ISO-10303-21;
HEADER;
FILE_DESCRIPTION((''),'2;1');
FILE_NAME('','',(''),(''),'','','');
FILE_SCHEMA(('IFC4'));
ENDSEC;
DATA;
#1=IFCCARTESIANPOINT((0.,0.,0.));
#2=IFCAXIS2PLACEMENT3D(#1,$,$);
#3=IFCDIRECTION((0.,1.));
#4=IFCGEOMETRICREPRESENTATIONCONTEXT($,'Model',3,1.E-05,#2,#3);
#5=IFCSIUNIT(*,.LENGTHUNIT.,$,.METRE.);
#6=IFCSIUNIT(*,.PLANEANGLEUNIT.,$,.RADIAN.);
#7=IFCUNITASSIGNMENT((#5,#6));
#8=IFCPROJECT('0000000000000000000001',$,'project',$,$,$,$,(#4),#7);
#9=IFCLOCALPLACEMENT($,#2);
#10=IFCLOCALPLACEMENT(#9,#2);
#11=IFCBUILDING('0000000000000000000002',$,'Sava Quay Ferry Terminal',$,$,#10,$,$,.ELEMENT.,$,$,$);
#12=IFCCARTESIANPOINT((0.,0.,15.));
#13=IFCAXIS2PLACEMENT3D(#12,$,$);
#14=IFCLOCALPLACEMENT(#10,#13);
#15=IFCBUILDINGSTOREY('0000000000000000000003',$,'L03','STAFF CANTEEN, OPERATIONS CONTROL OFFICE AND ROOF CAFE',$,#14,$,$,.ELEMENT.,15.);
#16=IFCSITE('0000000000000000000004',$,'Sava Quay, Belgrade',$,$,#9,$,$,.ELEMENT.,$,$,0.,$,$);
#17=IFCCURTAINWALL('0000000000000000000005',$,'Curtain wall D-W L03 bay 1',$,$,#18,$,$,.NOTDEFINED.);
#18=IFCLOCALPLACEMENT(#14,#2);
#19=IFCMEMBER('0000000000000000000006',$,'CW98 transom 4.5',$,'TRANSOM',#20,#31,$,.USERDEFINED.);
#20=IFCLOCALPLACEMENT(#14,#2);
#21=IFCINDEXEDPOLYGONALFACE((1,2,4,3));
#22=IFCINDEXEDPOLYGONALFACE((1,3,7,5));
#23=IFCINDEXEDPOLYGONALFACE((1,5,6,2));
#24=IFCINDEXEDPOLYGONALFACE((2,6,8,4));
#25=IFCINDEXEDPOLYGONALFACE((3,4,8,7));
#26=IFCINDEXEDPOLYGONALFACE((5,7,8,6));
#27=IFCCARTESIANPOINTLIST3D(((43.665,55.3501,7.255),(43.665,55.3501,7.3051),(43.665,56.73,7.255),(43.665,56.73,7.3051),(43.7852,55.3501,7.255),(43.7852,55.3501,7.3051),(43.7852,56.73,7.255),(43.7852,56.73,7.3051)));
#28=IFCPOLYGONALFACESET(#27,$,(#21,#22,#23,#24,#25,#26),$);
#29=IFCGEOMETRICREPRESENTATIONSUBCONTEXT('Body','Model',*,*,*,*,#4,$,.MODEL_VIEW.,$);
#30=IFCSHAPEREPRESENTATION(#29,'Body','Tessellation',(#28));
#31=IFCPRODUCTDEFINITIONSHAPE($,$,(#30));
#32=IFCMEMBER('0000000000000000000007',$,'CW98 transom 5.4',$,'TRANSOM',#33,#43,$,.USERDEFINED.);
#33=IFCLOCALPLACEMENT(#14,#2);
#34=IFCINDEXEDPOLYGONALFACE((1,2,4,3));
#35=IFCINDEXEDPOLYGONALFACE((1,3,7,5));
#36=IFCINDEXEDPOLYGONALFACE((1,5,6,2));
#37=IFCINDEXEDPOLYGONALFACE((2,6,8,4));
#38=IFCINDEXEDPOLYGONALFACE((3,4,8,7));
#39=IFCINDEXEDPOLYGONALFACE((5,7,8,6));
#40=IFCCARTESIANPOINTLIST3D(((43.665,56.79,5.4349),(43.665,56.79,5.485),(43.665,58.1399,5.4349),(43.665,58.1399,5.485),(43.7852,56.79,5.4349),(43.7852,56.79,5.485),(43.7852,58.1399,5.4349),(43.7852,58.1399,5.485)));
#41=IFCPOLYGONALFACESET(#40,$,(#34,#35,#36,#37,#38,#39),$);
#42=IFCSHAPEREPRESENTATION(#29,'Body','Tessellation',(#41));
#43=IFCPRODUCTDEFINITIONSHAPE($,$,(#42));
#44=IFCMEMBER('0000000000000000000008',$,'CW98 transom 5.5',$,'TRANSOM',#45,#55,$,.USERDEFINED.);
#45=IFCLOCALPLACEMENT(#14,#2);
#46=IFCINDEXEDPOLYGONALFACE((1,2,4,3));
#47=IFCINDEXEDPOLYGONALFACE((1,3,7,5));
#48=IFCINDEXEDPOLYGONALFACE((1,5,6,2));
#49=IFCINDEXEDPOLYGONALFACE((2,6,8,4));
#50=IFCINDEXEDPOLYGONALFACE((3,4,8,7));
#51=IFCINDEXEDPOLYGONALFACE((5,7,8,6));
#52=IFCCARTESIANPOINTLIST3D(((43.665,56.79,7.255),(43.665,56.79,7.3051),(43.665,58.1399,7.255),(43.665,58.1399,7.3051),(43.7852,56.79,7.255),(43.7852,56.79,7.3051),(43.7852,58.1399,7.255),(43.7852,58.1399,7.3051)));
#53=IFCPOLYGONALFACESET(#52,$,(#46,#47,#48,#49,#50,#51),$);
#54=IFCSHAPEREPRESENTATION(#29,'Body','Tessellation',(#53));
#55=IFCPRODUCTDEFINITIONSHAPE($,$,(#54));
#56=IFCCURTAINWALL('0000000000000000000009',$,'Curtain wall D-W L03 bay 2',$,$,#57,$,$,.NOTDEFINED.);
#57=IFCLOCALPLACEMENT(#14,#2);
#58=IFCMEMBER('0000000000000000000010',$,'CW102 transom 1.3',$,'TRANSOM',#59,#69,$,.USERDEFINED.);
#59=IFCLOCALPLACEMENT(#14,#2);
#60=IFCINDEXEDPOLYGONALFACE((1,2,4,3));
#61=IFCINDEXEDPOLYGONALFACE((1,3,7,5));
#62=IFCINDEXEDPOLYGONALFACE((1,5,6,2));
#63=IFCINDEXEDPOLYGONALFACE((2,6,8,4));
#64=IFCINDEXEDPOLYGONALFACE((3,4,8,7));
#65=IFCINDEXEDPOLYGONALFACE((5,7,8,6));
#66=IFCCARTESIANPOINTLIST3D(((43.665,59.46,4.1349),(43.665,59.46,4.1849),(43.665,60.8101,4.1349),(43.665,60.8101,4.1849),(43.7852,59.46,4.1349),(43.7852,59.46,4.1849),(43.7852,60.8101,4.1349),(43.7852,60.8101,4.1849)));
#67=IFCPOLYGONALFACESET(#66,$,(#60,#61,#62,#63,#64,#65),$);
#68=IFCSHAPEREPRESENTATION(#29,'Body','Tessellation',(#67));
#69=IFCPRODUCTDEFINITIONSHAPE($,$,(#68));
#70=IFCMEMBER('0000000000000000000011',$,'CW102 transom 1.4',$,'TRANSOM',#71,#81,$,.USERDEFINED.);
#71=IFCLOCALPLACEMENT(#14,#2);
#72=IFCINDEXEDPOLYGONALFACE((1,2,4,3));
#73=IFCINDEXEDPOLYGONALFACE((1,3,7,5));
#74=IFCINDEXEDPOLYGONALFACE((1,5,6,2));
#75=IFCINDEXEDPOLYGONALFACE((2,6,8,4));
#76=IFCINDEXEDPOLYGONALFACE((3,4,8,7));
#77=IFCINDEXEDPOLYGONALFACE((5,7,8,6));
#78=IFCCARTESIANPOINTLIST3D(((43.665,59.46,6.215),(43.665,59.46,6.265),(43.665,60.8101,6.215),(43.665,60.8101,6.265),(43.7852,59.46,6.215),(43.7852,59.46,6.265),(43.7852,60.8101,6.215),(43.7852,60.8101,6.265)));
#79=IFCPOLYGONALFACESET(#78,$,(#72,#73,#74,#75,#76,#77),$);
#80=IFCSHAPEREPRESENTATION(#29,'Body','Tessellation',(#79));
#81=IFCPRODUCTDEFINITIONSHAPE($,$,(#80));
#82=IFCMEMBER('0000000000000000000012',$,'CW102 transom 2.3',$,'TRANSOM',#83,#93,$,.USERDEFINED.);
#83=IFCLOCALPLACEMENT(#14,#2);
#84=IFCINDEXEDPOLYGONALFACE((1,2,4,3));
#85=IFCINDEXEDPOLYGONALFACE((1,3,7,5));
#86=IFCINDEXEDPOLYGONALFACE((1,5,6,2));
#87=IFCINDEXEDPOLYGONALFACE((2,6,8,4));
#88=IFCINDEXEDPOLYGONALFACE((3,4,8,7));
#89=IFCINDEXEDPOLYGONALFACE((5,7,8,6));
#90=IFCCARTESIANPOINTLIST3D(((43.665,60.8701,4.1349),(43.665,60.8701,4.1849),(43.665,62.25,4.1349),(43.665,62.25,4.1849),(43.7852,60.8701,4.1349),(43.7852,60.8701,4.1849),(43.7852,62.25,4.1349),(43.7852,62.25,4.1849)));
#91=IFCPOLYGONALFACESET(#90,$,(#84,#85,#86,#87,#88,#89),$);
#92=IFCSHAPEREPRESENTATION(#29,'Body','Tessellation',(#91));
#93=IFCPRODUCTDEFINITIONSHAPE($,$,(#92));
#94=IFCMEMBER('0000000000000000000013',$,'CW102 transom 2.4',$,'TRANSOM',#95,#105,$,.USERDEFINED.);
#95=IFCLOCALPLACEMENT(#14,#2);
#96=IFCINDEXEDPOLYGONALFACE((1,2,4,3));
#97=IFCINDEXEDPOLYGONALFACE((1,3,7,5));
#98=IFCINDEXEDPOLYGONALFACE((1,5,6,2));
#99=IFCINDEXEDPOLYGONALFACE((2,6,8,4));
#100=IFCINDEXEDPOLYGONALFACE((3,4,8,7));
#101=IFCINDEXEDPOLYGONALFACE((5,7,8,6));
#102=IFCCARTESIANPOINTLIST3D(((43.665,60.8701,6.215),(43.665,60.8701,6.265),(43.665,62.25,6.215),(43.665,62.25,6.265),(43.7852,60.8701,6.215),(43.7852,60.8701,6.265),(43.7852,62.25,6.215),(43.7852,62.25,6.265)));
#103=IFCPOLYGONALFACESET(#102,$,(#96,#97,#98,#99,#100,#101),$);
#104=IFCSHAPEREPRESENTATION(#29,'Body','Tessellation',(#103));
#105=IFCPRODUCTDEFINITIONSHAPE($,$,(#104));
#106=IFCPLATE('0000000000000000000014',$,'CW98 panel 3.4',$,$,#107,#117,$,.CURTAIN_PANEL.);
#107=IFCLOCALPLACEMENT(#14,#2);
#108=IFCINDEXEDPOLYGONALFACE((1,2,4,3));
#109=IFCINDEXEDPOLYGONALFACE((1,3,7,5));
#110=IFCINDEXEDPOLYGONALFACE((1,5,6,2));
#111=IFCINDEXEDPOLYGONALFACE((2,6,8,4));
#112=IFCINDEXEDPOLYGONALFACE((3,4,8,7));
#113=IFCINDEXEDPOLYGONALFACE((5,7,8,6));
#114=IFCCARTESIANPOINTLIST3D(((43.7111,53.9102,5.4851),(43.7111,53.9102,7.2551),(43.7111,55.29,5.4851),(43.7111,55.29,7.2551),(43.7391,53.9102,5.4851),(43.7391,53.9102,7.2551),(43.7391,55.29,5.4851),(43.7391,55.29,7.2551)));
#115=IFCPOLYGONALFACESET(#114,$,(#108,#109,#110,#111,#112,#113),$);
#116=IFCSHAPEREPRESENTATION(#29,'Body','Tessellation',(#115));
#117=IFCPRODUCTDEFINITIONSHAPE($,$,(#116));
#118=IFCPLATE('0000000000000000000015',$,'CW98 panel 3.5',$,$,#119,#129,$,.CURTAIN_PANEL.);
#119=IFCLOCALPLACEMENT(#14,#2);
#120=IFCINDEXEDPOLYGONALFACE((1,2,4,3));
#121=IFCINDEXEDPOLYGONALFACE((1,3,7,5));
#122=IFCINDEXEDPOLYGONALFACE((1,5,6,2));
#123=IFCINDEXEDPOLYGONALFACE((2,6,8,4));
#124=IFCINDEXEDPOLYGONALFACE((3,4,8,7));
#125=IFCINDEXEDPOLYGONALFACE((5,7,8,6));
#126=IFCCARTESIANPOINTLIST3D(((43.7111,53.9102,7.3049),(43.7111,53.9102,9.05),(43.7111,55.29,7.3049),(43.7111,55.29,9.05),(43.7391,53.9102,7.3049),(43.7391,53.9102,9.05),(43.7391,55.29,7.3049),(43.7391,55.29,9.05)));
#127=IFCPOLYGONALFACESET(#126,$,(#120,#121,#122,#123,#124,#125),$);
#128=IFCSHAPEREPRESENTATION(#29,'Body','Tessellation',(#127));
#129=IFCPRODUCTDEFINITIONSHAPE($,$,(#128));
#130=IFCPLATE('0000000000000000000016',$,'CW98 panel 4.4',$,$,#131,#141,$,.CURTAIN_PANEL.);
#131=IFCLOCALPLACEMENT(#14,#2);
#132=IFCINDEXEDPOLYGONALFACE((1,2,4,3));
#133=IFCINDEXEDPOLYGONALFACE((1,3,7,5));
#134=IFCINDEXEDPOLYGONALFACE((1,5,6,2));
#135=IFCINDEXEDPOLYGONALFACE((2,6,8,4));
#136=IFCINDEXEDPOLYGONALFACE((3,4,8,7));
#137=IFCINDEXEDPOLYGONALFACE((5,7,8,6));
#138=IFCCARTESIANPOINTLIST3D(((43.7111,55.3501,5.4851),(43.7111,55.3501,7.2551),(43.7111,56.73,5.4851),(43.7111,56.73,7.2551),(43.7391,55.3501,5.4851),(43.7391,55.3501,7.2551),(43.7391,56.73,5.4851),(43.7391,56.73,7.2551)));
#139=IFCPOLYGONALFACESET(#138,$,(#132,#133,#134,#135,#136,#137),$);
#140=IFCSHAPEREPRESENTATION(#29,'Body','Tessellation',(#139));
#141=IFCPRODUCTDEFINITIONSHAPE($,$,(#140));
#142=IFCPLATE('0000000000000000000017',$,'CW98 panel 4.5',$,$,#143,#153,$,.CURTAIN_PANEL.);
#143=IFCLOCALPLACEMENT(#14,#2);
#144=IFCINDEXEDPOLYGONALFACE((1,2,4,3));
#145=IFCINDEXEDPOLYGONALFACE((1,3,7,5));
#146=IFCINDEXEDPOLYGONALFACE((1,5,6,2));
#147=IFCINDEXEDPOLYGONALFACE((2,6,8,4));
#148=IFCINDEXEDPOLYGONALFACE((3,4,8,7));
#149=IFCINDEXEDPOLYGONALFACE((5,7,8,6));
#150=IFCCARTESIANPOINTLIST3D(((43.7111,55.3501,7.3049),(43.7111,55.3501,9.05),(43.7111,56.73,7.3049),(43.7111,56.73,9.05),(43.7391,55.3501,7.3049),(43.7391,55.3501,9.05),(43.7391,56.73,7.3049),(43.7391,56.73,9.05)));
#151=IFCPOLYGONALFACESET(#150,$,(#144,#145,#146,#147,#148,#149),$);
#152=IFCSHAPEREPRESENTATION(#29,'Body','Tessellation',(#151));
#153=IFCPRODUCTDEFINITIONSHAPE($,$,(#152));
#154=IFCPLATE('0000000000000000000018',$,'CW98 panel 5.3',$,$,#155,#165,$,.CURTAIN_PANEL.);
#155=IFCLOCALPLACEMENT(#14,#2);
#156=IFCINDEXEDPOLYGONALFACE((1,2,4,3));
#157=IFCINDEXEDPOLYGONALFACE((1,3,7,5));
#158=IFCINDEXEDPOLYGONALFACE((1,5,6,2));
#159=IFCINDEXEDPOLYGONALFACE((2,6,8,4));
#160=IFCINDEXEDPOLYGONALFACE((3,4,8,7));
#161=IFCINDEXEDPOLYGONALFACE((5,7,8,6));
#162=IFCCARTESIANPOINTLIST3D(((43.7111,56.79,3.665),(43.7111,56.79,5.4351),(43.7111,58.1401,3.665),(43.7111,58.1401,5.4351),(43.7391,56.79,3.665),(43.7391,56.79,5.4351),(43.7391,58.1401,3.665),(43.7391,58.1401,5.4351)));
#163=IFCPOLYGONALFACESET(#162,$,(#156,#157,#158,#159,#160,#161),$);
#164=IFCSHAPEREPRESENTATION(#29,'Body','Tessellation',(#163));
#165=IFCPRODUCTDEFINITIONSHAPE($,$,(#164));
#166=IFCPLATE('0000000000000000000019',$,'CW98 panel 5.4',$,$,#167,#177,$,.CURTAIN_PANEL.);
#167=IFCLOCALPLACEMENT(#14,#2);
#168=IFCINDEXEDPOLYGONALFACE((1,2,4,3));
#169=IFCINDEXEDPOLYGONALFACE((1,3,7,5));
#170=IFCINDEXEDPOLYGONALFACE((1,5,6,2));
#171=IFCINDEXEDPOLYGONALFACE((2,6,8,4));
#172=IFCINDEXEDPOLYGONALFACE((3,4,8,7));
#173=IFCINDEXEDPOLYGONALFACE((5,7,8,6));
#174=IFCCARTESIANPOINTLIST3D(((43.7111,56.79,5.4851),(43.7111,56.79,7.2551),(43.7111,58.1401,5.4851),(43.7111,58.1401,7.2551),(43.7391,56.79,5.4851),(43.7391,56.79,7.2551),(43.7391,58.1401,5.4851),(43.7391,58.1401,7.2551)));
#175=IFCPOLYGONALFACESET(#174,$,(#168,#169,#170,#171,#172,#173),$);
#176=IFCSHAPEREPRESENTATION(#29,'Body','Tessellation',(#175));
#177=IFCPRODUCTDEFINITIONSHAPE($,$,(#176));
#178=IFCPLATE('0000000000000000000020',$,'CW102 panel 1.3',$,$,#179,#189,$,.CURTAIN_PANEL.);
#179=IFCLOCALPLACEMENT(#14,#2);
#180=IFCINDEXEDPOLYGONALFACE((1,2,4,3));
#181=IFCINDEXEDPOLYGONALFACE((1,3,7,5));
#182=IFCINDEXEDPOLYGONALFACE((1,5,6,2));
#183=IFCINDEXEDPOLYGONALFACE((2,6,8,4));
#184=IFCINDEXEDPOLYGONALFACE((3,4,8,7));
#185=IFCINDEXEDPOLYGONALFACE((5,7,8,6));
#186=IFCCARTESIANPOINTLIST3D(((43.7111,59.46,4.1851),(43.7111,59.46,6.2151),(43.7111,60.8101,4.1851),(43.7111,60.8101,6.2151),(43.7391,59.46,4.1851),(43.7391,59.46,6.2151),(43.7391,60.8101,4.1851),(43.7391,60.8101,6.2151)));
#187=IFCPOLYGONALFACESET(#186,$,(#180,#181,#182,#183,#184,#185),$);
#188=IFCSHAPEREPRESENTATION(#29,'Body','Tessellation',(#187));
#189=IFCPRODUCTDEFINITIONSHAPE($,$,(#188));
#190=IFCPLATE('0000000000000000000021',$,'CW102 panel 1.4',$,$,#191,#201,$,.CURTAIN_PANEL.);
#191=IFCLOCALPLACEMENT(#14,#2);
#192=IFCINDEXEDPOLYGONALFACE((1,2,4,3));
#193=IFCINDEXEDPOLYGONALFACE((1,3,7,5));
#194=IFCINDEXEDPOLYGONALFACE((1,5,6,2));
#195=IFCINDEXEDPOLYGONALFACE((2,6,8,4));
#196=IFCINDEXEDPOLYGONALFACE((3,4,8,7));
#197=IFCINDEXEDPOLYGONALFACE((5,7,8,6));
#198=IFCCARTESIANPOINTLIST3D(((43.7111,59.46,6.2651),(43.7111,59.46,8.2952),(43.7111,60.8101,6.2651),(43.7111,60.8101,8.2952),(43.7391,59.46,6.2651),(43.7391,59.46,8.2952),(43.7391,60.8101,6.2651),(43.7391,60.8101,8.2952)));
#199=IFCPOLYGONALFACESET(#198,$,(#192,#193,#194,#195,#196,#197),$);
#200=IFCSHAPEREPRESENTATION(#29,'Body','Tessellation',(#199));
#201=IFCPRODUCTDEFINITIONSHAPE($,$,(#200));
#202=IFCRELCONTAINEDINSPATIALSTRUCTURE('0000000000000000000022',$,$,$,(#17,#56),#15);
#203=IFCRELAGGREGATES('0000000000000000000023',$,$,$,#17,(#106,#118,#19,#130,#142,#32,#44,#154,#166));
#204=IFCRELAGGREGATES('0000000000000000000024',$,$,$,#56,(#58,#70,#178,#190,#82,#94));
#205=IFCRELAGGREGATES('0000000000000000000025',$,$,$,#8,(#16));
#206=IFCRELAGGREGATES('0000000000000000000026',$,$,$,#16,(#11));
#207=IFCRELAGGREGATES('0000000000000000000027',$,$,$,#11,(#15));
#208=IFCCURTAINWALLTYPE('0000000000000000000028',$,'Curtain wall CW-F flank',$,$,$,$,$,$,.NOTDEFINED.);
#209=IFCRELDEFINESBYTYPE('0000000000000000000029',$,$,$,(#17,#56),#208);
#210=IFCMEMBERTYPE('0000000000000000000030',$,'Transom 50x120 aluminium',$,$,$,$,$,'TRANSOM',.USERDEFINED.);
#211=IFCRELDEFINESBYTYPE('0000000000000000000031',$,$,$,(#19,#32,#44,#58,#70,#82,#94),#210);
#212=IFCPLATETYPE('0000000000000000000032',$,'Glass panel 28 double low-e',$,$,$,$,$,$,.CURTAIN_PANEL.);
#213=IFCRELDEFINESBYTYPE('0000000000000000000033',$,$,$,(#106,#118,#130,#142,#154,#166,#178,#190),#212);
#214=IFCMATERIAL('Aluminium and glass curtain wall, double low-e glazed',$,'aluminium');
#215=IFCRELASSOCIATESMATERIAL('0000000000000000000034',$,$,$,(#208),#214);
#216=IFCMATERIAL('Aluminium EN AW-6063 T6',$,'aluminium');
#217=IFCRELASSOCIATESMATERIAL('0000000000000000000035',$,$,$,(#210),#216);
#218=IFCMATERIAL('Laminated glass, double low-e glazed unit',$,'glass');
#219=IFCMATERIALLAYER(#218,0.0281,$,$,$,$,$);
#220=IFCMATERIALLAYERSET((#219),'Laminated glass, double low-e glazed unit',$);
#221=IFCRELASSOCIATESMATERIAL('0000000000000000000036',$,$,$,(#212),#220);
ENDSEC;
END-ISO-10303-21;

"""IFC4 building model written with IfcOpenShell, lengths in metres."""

from ifc_helpers import new_model, si_unit, direction, frame, origin, origin_2d, place, context, subcontext, project, spatial, rectangle, extrude, material, layer, layer_set, material_profile, profile_set, type_object, element, aggregate, save


model = new_model("IFC4")

# Units and contexts
model_context = context("Model", 3, precision=1e-05, world=origin(), true_north=direction((0.0, 1.0)))
body_context = subcontext(model_context, "Body", "Model", "MODEL_VIEW")
ifc_project = project(units=[si_unit("LENGTHUNIT", "METRE"), si_unit("PLANEANGLEUNIT", "RADIAN")], contexts=[model_context])

# Site, building, storey
site_placement = place(None, origin())
site = spatial("IfcSite", under=ifc_project, at=site_placement, Name="Sava Quay, Belgrade", CompositionType="ELEMENT", RefElevation=0.0)
building_placement = place(site_placement, origin())
building = spatial("IfcBuilding", under=site, at=building_placement, Name="Sava Quay Ferry Terminal", CompositionType="ELEMENT")
storey_placement = place(building_placement, frame((0.0, 0.0, 15.0)))
storey = spatial("IfcBuildingStorey", under=building, at=storey_placement, Name="L03", Description="STAFF CANTEEN, OPERATIONS CONTROL OFFICE AND ROOF CAFE", CompositionType="ELEMENT", Elevation=15.0)

# Curtain walls, members
ifc_material_1 = material(Name="Aluminium and glass curtain wall, double low-e glazed", Category="aluminium")
curtain_wall_type = type_object("IfcCurtainWallType", Name="Curtain wall CW-F flank", PredefinedType="NOTDEFINED", material=ifc_material_1)
curtain_wall_1_placement = place(storey_placement, origin())
curtain_wall_1 = element("IfcCurtainWall", 1, at=curtain_wall_1_placement, inside=storey, type_object=curtain_wall_type, Name="Curtain wall D-W L03 bay 1", PredefinedType="NOTDEFINED")
ifc_material_2 = material(Name="Aluminium EN AW-6063 T6", Category="aluminium")
ifc_material_profile_1 = material_profile(ifc_material_2, rectangle(XDim=0.1201, YDim=0.05, at=origin_2d()), Name="Transom 50x120 aluminium")
ifc_profile_set_1 = profile_set([ifc_material_profile_1], Name="Aluminium EN AW-6063 T6")
member_type_1 = type_object("IfcMemberType", Name="Transom 50x120 aluminium", ElementType="TRANSOM", PredefinedType="USERDEFINED", material=ifc_profile_set_1)
member_1_placement = place(storey_placement, frame((43.7251, 55.3501, 7.28), z_axis=(0.0, 1.0, 0.0), x_axis=(-1.0, 0.0, 0.0)))
member_1 = element("IfcMember", 2, at=member_1_placement, type_object=member_type_1, Name="CW98 transom 4.5", ObjectType="TRANSOM", PredefinedType="USERDEFINED", context=body_context, shape_type="SweptSolid", body=[
    extrude(rectangle(XDim=0.1201, YDim=0.05, at=origin_2d()), origin(), (0.0, 0.0, 1.0), 1.3799),
])
member_2_placement = place(storey_placement, frame((43.7251, 56.79, 5.46), z_axis=(0.0, 1.0, 0.0), x_axis=(-1.0, 0.0, 0.0)))
member_2 = element("IfcMember", 3, at=member_2_placement, type_object=member_type_1, Name="CW98 transom 5.4", ObjectType="TRANSOM", PredefinedType="USERDEFINED", context=body_context, shape_type="SweptSolid", body=[
    extrude(rectangle(XDim=0.1201, YDim=0.05, at=origin_2d()), origin(), (0.0, 0.0, 1.0), 1.3499),
])
member_3_placement = place(storey_placement, frame((43.7251, 56.79, 7.28), z_axis=(0.0, 1.0, 0.0), x_axis=(-1.0, 0.0, 0.0)))
member_3 = element("IfcMember", 4, at=member_3_placement, type_object=member_type_1, Name="CW98 transom 5.5", ObjectType="TRANSOM", PredefinedType="USERDEFINED", context=body_context, shape_type="SweptSolid", body=[
    extrude(rectangle(XDim=0.1201, YDim=0.05, at=origin_2d()), origin(), (0.0, 0.0, 1.0), 1.3499),
])
curtain_wall_2_placement = place(storey_placement, origin())
curtain_wall_2 = element("IfcCurtainWall", 5, at=curtain_wall_2_placement, inside=storey, type_object=curtain_wall_type, Name="Curtain wall D-W L03 bay 2", PredefinedType="NOTDEFINED")
member_4_placement = place(storey_placement, frame((43.7251, 59.46, 4.1599), z_axis=(0.0, 1.0, 0.0), x_axis=(-1.0, 0.0, 0.0)))
member_4 = element("IfcMember", 6, at=member_4_placement, type_object=member_type_1, Name="CW102 transom 1.3", ObjectType="TRANSOM", PredefinedType="USERDEFINED", context=body_context, shape_type="SweptSolid", body=[
    extrude(rectangle(XDim=0.1201, YDim=0.05, at=origin_2d()), origin(), (0.0, 0.0, 1.0), 1.3501),
])
member_5_placement = place(storey_placement, frame((43.7251, 59.46, 6.24), z_axis=(0.0, 1.0, 0.0), x_axis=(-1.0, 0.0, 0.0)))
member_5 = element("IfcMember", 7, at=member_5_placement, type_object=member_type_1, Name="CW102 transom 1.4", ObjectType="TRANSOM", PredefinedType="USERDEFINED", context=body_context, shape_type="SweptSolid", body=[
    extrude(rectangle(XDim=0.1201, YDim=0.05, at=origin_2d()), origin(), (0.0, 0.0, 1.0), 1.3501),
])
member_6_placement = place(storey_placement, frame((43.7251, 60.8701, 4.1599), z_axis=(0.0, 1.0, 0.0), x_axis=(-1.0, 0.0, 0.0)))
member_6 = element("IfcMember", 8, at=member_6_placement, type_object=member_type_1, Name="CW102 transom 2.3", ObjectType="TRANSOM", PredefinedType="USERDEFINED", context=body_context, shape_type="SweptSolid", body=[
    extrude(rectangle(XDim=0.1201, YDim=0.05, at=origin_2d()), origin(), (0.0, 0.0, 1.0), 1.3799),
])
member_7_placement = place(storey_placement, frame((43.7251, 60.8701, 6.24), z_axis=(0.0, 1.0, 0.0), x_axis=(-1.0, 0.0, 0.0)))
member_7 = element("IfcMember", 9, at=member_7_placement, type_object=member_type_1, Name="CW102 transom 2.4", ObjectType="TRANSOM", PredefinedType="USERDEFINED", context=body_context, shape_type="SweptSolid", body=[
    extrude(rectangle(XDim=0.1201, YDim=0.05, at=origin_2d()), origin(), (0.0, 0.0, 1.0), 1.3799),
])

# Plates
ifc_material_3 = material(Name="Laminated glass, double low-e glazed unit", Category="glass")
ifc_layer = layer(ifc_material_3, 0.0281)
ifc_layer_set = layer_set([ifc_layer], Name="Laminated glass, double low-e glazed unit")
plate_type = type_object("IfcPlateType", Name="Glass panel 28 double low-e", PredefinedType="CURTAIN_PANEL", material=ifc_layer_set)
plate_1_placement = place(storey_placement, frame((43.7251, 54.6001, 5.4851), z_axis=(0.0, 0.0, 1.0), x_axis=(0.0, 1.0, 0.0)))
plate_1 = element("IfcPlate", 10, at=plate_1_placement, type_object=plate_type, Name="CW98 panel 3.4", PredefinedType="CURTAIN_PANEL", context=body_context, shape_type="SweptSolid", body=[
    extrude(rectangle(XDim=1.3799, YDim=0.0281, at=origin_2d()), origin(), (0.0, 0.0, 1.0), 1.77),
])
plate_2_placement = place(storey_placement, frame((43.7251, 54.6001, 7.3049), z_axis=(0.0, 0.0, 1.0), x_axis=(0.0, 1.0, 0.0)))
plate_2 = element("IfcPlate", 11, at=plate_2_placement, type_object=plate_type, Name="CW98 panel 3.5", PredefinedType="CURTAIN_PANEL", context=body_context, shape_type="SweptSolid", body=[
    extrude(rectangle(XDim=1.3799, YDim=0.0281, at=origin_2d()), origin(), (0.0, 0.0, 1.0), 1.7451),
])
plate_3_placement = place(storey_placement, frame((43.7251, 56.04, 5.4851), z_axis=(0.0, 0.0, 1.0), x_axis=(0.0, 1.0, 0.0)))
plate_3 = element("IfcPlate", 12, at=plate_3_placement, type_object=plate_type, Name="CW98 panel 4.4", PredefinedType="CURTAIN_PANEL", context=body_context, shape_type="SweptSolid", body=[
    extrude(rectangle(XDim=1.3799, YDim=0.0281, at=origin_2d()), origin(), (0.0, 0.0, 1.0), 1.77),
])
plate_4_placement = place(storey_placement, frame((43.7251, 56.04, 7.3049), z_axis=(0.0, 0.0, 1.0), x_axis=(0.0, 1.0, 0.0)))
plate_4 = element("IfcPlate", 13, at=plate_4_placement, type_object=plate_type, Name="CW98 panel 4.5", PredefinedType="CURTAIN_PANEL", context=body_context, shape_type="SweptSolid", body=[
    extrude(rectangle(XDim=1.3799, YDim=0.0281, at=origin_2d()), origin(), (0.0, 0.0, 1.0), 1.7451),
])
plate_5_placement = place(storey_placement, frame((43.7251, 57.4651, 3.665), z_axis=(0.0, 0.0, 1.0), x_axis=(0.0, 1.0, 0.0)))
plate_5 = element("IfcPlate", 14, at=plate_5_placement, type_object=plate_type, Name="CW98 panel 5.3", PredefinedType="CURTAIN_PANEL", context=body_context, shape_type="SweptSolid", body=[
    extrude(rectangle(XDim=1.3501, YDim=0.0281, at=origin_2d()), origin(), (0.0, 0.0, 1.0), 1.77),
])
plate_6_placement = place(storey_placement, frame((43.7251, 57.4651, 5.4851), z_axis=(0.0, 0.0, 1.0), x_axis=(0.0, 1.0, 0.0)))
plate_6 = element("IfcPlate", 15, at=plate_6_placement, type_object=plate_type, Name="CW98 panel 5.4", PredefinedType="CURTAIN_PANEL", context=body_context, shape_type="SweptSolid", body=[
    extrude(rectangle(XDim=1.3501, YDim=0.0281, at=origin_2d()), origin(), (0.0, 0.0, 1.0), 1.77),
])
aggregate(curtain_wall_1, [plate_1, plate_2, member_1, plate_3, plate_4, member_2, member_3, plate_5, plate_6])
plate_7_placement = place(storey_placement, frame((43.7251, 60.135, 4.1851), z_axis=(0.0, 0.0, 1.0), x_axis=(0.0, 1.0, 0.0)))
plate_7 = element("IfcPlate", 16, at=plate_7_placement, type_object=plate_type, Name="CW102 panel 1.3", PredefinedType="CURTAIN_PANEL", context=body_context, shape_type="SweptSolid", body=[
    extrude(rectangle(XDim=1.3501, YDim=0.0281, at=origin_2d()), origin(), (0.0, 0.0, 1.0), 2.03),
])
plate_8_placement = place(storey_placement, frame((43.7251, 60.135, 6.2651), z_axis=(0.0, 0.0, 1.0), x_axis=(0.0, 1.0, 0.0)))
plate_8 = element("IfcPlate", 17, at=plate_8_placement, type_object=plate_type, Name="CW102 panel 1.4", PredefinedType="CURTAIN_PANEL", context=body_context, shape_type="SweptSolid", body=[
    extrude(rectangle(XDim=1.3501, YDim=0.0281, at=origin_2d()), origin(), (0.0, 0.0, 1.0), 2.03),
])
aggregate(curtain_wall_2, [member_4, member_5, plate_7, plate_8, member_6, member_7])

save(model, "model.ifc")
